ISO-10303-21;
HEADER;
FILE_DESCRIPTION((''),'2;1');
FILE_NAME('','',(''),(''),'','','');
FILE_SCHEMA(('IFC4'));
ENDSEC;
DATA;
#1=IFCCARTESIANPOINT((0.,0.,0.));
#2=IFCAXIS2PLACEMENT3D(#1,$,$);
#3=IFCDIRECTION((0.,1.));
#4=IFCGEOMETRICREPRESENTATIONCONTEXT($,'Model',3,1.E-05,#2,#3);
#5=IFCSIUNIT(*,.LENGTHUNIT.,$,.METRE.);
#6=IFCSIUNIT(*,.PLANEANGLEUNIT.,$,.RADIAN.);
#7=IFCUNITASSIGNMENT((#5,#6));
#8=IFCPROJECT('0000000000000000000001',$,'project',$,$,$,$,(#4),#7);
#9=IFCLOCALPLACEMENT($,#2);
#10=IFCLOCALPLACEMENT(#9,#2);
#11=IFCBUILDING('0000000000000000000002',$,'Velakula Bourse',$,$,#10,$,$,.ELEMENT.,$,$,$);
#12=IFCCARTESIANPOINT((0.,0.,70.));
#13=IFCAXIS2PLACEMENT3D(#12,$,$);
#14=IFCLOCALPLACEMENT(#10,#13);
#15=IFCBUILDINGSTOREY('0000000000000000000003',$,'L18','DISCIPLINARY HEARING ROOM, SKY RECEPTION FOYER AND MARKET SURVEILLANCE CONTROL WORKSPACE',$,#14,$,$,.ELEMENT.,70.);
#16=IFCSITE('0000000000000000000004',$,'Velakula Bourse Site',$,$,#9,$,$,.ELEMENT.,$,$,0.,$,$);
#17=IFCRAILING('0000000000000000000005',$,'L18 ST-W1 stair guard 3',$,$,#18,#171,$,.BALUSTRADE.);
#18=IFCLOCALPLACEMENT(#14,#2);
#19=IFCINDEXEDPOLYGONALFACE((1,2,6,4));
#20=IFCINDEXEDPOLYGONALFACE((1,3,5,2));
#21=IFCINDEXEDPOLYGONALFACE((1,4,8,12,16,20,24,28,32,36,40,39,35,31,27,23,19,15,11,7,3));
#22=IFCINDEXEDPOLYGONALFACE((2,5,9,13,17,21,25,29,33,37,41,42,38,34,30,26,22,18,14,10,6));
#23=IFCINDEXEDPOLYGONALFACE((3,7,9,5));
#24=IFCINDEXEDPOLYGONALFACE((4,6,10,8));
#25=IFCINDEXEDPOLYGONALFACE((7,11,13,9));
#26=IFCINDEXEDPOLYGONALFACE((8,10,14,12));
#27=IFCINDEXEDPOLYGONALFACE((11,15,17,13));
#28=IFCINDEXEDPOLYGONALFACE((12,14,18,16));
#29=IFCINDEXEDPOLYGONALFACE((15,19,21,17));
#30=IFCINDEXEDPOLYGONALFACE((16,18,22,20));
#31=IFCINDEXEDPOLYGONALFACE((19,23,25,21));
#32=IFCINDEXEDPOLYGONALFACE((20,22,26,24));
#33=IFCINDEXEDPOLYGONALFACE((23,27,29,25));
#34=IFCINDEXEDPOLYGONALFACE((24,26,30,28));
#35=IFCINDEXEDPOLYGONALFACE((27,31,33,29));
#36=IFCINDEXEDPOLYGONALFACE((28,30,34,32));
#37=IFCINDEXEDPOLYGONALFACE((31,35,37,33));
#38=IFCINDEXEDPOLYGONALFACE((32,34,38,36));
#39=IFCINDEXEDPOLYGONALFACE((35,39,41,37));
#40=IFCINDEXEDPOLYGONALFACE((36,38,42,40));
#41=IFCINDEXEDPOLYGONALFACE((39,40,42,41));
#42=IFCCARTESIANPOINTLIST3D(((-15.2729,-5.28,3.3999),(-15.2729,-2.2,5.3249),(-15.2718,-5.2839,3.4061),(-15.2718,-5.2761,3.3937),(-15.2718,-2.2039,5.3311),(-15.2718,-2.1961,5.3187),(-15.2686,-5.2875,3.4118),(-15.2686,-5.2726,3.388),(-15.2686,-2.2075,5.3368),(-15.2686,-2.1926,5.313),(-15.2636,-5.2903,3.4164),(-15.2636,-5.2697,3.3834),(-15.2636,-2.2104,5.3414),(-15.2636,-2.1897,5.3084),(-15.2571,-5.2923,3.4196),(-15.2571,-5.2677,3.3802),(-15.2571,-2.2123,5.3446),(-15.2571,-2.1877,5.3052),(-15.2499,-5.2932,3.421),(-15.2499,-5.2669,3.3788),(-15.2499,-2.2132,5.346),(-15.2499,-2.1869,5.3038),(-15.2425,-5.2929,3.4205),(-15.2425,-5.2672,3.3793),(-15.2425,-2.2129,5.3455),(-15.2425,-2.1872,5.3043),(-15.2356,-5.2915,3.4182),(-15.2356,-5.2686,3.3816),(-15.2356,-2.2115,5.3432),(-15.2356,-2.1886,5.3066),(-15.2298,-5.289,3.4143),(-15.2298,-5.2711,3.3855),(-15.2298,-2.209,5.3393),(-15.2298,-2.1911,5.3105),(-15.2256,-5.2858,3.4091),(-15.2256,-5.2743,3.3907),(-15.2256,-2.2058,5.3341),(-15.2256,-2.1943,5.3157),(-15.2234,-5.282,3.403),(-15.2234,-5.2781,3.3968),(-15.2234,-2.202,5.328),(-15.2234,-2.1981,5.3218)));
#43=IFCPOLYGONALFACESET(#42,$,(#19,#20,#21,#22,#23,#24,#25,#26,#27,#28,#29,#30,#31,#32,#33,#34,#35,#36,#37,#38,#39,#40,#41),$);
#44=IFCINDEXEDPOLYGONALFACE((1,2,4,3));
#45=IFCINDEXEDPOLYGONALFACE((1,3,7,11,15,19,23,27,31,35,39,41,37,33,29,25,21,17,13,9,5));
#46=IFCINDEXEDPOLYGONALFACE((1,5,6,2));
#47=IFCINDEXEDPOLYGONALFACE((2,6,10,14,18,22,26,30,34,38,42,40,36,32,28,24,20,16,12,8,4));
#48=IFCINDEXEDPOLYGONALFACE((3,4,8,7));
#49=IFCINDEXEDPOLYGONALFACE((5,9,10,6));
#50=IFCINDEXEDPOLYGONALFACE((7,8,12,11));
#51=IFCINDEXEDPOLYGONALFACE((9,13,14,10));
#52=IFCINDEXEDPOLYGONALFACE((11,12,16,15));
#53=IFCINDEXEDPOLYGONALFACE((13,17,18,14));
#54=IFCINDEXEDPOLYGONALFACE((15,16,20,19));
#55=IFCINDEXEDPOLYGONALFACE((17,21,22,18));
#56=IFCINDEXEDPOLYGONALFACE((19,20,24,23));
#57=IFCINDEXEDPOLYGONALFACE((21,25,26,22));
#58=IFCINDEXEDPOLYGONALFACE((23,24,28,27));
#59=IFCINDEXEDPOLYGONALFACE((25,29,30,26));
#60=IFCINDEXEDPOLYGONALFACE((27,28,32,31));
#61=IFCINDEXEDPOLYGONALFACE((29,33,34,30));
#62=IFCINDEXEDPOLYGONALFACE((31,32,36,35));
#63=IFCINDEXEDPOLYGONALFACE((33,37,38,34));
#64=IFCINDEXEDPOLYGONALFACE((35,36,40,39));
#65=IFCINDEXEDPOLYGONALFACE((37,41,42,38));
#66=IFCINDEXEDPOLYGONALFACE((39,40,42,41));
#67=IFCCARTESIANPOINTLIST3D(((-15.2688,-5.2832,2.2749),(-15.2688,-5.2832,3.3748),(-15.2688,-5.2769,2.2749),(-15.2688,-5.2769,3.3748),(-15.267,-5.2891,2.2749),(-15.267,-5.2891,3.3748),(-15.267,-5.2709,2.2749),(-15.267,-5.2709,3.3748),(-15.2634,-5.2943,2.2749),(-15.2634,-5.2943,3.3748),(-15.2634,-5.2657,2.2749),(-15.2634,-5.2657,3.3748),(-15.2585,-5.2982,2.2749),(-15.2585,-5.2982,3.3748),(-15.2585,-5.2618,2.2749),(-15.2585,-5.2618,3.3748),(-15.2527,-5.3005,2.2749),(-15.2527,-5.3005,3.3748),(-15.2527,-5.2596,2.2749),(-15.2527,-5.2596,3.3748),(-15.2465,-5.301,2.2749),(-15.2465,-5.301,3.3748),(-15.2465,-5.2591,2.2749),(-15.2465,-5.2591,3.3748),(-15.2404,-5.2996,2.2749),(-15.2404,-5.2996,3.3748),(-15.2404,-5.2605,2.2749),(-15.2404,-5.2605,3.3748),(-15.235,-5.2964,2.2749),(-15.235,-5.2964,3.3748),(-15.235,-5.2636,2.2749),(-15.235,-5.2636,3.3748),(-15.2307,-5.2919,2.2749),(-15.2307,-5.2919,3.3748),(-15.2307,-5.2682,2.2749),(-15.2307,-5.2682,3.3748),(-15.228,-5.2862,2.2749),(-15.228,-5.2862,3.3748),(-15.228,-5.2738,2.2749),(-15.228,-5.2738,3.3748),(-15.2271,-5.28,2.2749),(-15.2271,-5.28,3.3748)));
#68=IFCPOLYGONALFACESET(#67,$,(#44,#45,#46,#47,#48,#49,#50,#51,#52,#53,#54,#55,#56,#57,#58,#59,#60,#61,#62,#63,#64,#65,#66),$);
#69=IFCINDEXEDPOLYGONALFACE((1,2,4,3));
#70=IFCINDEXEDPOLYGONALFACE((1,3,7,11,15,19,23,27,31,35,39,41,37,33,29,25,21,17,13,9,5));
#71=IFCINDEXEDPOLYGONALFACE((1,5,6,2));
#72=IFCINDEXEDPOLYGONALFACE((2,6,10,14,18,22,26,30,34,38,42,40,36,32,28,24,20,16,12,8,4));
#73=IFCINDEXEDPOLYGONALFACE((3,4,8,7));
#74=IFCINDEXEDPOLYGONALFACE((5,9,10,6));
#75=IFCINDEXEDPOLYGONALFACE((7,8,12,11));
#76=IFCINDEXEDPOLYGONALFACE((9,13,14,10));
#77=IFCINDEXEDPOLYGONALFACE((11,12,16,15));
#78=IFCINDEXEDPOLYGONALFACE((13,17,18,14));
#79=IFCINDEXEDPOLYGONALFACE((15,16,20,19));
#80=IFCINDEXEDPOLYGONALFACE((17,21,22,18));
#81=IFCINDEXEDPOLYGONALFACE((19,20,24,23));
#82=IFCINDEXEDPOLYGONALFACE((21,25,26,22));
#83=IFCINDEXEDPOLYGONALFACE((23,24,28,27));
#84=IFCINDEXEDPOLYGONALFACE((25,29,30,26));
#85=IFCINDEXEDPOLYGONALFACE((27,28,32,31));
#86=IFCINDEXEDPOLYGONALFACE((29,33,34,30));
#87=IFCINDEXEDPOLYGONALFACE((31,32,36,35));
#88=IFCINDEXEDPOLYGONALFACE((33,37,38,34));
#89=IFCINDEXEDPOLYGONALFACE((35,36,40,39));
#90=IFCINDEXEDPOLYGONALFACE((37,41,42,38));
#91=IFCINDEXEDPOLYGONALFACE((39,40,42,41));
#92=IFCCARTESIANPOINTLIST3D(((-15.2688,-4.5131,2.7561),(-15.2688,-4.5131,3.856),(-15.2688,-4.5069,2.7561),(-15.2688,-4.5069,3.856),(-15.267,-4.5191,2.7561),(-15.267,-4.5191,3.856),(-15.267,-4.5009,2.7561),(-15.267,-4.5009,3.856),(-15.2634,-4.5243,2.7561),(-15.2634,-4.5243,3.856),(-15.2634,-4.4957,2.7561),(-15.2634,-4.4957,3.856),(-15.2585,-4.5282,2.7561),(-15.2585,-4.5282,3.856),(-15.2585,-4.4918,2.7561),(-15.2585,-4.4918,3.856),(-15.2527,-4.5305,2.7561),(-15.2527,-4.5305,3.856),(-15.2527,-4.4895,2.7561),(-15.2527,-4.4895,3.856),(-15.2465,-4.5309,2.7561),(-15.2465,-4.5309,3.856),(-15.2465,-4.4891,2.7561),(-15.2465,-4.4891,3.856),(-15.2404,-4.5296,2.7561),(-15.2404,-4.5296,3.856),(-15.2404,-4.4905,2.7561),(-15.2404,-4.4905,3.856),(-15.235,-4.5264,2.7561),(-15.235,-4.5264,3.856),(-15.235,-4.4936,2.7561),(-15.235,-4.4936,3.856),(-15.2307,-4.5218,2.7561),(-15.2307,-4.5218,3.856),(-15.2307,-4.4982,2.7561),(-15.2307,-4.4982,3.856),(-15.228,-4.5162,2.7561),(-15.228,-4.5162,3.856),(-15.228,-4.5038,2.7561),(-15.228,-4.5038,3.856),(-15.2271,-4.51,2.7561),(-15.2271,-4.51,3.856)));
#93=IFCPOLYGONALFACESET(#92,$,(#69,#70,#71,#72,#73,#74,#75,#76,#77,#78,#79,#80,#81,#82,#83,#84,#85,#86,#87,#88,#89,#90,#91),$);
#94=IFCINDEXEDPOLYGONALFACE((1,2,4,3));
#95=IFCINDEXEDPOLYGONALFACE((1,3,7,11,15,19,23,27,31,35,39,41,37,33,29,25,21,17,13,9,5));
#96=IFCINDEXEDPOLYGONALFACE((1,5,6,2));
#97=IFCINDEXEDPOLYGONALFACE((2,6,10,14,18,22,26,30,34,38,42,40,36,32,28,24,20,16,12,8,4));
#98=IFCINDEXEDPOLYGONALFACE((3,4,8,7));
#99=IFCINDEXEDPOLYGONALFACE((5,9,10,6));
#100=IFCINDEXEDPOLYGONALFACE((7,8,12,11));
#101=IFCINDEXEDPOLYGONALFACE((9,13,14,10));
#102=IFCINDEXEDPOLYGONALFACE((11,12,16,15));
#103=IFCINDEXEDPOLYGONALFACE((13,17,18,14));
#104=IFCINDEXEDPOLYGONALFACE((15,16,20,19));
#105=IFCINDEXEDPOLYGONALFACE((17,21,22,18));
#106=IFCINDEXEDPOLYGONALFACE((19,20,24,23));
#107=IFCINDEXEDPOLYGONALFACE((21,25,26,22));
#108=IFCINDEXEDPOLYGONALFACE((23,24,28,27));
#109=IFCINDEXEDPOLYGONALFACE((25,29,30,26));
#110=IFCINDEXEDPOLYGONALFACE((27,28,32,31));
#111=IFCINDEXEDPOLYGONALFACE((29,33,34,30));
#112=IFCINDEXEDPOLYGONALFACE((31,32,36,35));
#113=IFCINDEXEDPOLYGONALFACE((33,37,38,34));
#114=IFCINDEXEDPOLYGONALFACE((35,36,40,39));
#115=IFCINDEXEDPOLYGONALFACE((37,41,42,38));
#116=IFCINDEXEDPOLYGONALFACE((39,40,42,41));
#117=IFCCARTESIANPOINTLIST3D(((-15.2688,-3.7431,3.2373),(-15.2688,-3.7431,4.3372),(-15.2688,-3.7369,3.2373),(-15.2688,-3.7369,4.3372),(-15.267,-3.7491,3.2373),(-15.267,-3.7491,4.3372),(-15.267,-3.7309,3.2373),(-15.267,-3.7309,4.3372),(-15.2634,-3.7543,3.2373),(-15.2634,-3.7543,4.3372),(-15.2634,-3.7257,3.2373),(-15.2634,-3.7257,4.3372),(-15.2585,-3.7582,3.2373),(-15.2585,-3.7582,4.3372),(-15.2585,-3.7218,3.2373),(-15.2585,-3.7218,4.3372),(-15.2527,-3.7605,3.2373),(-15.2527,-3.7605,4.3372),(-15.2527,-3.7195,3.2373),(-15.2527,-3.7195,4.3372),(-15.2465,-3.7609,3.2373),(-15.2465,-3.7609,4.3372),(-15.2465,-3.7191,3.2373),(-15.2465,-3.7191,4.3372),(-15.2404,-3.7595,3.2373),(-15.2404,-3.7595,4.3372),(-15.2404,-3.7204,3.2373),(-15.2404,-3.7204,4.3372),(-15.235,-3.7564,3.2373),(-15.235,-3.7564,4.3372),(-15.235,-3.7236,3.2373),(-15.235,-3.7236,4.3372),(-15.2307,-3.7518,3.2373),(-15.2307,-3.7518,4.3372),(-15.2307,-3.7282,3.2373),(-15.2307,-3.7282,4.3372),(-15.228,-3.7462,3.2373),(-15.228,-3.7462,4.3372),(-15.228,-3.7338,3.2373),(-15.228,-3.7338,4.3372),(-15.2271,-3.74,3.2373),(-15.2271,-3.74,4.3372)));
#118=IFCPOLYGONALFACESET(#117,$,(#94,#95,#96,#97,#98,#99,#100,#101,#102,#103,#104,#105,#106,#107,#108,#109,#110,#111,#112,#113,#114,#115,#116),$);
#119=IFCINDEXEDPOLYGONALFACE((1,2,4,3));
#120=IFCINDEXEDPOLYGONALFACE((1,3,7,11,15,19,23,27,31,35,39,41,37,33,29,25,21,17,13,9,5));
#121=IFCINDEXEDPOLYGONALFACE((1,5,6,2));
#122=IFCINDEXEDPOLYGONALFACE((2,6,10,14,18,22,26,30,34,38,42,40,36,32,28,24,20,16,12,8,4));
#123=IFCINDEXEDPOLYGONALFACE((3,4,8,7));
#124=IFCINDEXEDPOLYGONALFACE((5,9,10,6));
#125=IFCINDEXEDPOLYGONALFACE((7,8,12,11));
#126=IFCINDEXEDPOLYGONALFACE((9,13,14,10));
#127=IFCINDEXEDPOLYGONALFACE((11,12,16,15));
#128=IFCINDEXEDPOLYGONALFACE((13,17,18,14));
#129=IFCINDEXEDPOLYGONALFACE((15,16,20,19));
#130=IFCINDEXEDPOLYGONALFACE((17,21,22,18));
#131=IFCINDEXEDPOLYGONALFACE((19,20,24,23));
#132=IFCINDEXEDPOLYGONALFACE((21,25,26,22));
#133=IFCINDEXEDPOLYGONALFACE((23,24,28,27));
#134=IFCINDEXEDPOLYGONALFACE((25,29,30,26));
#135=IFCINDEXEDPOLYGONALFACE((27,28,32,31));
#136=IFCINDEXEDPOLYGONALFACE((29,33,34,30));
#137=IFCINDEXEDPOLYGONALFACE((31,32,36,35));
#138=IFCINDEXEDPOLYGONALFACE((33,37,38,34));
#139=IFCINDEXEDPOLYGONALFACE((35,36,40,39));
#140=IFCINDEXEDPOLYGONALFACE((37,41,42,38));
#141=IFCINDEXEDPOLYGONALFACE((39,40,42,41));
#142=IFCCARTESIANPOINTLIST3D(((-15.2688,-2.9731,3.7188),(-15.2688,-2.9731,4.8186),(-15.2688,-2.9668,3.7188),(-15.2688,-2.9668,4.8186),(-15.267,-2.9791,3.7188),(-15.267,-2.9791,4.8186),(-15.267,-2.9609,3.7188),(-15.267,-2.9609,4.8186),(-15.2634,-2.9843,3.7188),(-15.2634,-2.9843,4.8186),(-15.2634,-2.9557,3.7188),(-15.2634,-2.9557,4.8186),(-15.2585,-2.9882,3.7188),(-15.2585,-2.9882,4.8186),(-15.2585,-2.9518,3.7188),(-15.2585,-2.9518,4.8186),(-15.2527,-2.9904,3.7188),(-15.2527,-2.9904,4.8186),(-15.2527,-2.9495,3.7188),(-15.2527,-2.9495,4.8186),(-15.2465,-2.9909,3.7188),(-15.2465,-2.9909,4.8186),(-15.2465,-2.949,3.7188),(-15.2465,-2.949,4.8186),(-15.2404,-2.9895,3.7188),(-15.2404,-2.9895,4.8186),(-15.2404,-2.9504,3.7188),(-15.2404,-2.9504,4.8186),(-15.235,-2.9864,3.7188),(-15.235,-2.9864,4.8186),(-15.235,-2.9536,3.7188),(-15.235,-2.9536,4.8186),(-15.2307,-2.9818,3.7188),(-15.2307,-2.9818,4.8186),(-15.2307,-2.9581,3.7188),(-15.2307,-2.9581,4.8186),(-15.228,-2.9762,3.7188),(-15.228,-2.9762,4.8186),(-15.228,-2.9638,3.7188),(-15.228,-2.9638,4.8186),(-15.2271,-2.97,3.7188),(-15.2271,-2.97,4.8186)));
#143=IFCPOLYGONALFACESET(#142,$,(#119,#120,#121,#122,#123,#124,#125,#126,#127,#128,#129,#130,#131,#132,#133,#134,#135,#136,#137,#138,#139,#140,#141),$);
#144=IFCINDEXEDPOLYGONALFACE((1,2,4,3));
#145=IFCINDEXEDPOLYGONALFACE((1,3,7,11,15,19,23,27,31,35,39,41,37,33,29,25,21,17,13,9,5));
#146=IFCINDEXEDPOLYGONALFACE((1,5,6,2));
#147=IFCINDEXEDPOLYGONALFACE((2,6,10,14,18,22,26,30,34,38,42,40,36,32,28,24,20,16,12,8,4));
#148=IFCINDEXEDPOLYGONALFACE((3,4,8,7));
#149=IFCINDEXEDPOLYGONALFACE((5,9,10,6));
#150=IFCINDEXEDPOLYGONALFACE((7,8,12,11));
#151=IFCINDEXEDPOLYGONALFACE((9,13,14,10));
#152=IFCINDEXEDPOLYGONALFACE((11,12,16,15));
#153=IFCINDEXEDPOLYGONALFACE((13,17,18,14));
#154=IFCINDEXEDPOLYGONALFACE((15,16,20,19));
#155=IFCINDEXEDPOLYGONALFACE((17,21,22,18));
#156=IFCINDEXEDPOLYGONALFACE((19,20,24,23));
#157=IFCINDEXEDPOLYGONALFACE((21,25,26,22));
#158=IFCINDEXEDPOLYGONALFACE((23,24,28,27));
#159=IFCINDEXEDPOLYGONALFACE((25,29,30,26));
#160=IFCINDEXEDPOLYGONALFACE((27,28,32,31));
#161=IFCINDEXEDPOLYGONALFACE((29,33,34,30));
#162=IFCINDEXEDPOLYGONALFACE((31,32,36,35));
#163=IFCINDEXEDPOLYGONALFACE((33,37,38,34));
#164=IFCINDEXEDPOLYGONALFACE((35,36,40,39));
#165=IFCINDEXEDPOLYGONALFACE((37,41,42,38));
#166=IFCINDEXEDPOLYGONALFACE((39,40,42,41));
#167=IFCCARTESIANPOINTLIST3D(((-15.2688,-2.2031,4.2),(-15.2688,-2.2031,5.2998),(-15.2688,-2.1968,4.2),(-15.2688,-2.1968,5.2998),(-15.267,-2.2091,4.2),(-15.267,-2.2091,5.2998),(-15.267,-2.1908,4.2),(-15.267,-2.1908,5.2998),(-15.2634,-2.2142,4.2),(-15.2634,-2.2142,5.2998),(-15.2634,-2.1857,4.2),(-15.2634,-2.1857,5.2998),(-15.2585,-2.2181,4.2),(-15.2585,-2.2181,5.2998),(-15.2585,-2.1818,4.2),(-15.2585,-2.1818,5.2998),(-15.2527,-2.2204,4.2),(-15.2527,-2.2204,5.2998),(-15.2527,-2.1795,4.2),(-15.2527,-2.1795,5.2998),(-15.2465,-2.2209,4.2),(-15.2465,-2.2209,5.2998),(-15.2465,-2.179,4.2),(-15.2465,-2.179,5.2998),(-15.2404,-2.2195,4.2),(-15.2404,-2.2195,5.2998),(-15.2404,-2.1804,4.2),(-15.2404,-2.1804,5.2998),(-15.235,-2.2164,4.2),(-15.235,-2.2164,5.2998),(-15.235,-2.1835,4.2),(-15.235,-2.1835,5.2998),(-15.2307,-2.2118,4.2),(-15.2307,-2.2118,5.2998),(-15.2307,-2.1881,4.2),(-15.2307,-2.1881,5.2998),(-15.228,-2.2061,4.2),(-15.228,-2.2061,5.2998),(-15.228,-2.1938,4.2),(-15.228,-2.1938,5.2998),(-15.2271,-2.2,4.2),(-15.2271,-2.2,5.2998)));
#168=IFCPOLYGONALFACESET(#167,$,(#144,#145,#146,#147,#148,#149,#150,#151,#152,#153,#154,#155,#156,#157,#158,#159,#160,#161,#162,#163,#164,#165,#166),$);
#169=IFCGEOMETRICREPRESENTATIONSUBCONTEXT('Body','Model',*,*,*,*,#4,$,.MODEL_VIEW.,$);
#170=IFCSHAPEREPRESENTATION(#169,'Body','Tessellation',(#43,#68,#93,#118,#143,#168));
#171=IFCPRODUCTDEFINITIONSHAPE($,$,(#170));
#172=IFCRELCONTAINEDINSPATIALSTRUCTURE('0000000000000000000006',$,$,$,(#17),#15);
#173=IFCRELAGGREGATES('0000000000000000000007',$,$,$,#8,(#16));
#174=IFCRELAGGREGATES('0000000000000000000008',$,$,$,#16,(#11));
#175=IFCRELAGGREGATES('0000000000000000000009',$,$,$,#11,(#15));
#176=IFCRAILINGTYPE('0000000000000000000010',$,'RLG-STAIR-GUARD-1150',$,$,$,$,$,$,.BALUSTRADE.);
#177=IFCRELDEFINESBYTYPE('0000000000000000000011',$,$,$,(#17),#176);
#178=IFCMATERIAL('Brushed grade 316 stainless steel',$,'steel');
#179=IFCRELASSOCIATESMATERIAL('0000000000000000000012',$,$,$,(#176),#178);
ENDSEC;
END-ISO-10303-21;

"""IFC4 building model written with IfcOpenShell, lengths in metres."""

from ifc_helpers import new_model, si_unit, direction, frame, origin, origin_2d, place, context, subcontext, project, spatial, circle, extrude, material, type_object, element, save


model = new_model("IFC4")

# Units and contexts
model_context = context("Model", 3, precision=1e-05, world=origin(), true_north=direction((0.0, 1.0)))
body_context = subcontext(model_context, "Body", "Model", "MODEL_VIEW")
ifc_project = project(units=[si_unit("LENGTHUNIT", "METRE"), si_unit("PLANEANGLEUNIT", "RADIAN")], contexts=[model_context])

# Site, building, storey
site_placement = place(None, origin())
site = spatial("IfcSite", under=ifc_project, at=site_placement, Name="Velakula Bourse Site", CompositionType="ELEMENT", RefElevation=0.0)
building_placement = place(site_placement, origin())
building = spatial("IfcBuilding", under=site, at=building_placement, Name="Velakula Bourse", CompositionType="ELEMENT")
storey_placement = place(building_placement, frame((0.0, 0.0, 70.0)))
storey = spatial("IfcBuildingStorey", under=building, at=storey_placement, Name="L18", Description="DISCIPLINARY HEARING ROOM, SKY RECEPTION FOYER AND MARKET SURVEILLANCE CONTROL WORKSPACE", CompositionType="ELEMENT", Elevation=70.0)

# Shared definitions
ifc_material_1 = material(Name="Brushed grade 316 stainless steel", Category="steel")

# Railing
railing_type = type_object("IfcRailingType", Name="RLG-STAIR-GUARD-1150", PredefinedType="BALUSTRADE", material=ifc_material_1)
railing_1_placement = place(storey_placement, frame((-15.248, -5.28, 2.2749)))
element("IfcRailing", 1, at=railing_1_placement, inside=storey, type_object=railing_type, Name="L18 ST-W1 stair guard 3", PredefinedType="BALUSTRADE", context=body_context, shape_type="SweptSolid", body=[
    extrude(circle(Radius=0.0249, at=origin_2d()), frame((0.0, 0.0, 1.125), z_axis=(0.0, 0.847998, 0.529999), x_axis=(-1.0, 0.0, 0.0)), (0.0, 0.0, 1.0), 3.6321),
    extrude(circle(Radius=0.021, at=origin_2d()), origin(), (0.0, 0.0, 1.0), 1.0999),
    extrude(circle(Radius=0.021, at=origin_2d()), frame((0.0, 0.77, 0.4812)), (0.0, 0.0, 1.0), 1.0999),
    extrude(circle(Radius=0.021, at=origin_2d()), frame((0.0, 1.54, 0.9624)), (0.0, 0.0, 1.0), 1.0999),
    extrude(circle(Radius=0.021, at=origin_2d()), frame((0.0, 2.3101, 1.4438)), (0.0, 0.0, 1.0), 1.0999),
    extrude(circle(Radius=0.021, at=origin_2d()), frame((0.0, 3.0801, 1.925)), (0.0, 0.0, 1.0), 1.0999),
])

save(model, "model.ifc")
